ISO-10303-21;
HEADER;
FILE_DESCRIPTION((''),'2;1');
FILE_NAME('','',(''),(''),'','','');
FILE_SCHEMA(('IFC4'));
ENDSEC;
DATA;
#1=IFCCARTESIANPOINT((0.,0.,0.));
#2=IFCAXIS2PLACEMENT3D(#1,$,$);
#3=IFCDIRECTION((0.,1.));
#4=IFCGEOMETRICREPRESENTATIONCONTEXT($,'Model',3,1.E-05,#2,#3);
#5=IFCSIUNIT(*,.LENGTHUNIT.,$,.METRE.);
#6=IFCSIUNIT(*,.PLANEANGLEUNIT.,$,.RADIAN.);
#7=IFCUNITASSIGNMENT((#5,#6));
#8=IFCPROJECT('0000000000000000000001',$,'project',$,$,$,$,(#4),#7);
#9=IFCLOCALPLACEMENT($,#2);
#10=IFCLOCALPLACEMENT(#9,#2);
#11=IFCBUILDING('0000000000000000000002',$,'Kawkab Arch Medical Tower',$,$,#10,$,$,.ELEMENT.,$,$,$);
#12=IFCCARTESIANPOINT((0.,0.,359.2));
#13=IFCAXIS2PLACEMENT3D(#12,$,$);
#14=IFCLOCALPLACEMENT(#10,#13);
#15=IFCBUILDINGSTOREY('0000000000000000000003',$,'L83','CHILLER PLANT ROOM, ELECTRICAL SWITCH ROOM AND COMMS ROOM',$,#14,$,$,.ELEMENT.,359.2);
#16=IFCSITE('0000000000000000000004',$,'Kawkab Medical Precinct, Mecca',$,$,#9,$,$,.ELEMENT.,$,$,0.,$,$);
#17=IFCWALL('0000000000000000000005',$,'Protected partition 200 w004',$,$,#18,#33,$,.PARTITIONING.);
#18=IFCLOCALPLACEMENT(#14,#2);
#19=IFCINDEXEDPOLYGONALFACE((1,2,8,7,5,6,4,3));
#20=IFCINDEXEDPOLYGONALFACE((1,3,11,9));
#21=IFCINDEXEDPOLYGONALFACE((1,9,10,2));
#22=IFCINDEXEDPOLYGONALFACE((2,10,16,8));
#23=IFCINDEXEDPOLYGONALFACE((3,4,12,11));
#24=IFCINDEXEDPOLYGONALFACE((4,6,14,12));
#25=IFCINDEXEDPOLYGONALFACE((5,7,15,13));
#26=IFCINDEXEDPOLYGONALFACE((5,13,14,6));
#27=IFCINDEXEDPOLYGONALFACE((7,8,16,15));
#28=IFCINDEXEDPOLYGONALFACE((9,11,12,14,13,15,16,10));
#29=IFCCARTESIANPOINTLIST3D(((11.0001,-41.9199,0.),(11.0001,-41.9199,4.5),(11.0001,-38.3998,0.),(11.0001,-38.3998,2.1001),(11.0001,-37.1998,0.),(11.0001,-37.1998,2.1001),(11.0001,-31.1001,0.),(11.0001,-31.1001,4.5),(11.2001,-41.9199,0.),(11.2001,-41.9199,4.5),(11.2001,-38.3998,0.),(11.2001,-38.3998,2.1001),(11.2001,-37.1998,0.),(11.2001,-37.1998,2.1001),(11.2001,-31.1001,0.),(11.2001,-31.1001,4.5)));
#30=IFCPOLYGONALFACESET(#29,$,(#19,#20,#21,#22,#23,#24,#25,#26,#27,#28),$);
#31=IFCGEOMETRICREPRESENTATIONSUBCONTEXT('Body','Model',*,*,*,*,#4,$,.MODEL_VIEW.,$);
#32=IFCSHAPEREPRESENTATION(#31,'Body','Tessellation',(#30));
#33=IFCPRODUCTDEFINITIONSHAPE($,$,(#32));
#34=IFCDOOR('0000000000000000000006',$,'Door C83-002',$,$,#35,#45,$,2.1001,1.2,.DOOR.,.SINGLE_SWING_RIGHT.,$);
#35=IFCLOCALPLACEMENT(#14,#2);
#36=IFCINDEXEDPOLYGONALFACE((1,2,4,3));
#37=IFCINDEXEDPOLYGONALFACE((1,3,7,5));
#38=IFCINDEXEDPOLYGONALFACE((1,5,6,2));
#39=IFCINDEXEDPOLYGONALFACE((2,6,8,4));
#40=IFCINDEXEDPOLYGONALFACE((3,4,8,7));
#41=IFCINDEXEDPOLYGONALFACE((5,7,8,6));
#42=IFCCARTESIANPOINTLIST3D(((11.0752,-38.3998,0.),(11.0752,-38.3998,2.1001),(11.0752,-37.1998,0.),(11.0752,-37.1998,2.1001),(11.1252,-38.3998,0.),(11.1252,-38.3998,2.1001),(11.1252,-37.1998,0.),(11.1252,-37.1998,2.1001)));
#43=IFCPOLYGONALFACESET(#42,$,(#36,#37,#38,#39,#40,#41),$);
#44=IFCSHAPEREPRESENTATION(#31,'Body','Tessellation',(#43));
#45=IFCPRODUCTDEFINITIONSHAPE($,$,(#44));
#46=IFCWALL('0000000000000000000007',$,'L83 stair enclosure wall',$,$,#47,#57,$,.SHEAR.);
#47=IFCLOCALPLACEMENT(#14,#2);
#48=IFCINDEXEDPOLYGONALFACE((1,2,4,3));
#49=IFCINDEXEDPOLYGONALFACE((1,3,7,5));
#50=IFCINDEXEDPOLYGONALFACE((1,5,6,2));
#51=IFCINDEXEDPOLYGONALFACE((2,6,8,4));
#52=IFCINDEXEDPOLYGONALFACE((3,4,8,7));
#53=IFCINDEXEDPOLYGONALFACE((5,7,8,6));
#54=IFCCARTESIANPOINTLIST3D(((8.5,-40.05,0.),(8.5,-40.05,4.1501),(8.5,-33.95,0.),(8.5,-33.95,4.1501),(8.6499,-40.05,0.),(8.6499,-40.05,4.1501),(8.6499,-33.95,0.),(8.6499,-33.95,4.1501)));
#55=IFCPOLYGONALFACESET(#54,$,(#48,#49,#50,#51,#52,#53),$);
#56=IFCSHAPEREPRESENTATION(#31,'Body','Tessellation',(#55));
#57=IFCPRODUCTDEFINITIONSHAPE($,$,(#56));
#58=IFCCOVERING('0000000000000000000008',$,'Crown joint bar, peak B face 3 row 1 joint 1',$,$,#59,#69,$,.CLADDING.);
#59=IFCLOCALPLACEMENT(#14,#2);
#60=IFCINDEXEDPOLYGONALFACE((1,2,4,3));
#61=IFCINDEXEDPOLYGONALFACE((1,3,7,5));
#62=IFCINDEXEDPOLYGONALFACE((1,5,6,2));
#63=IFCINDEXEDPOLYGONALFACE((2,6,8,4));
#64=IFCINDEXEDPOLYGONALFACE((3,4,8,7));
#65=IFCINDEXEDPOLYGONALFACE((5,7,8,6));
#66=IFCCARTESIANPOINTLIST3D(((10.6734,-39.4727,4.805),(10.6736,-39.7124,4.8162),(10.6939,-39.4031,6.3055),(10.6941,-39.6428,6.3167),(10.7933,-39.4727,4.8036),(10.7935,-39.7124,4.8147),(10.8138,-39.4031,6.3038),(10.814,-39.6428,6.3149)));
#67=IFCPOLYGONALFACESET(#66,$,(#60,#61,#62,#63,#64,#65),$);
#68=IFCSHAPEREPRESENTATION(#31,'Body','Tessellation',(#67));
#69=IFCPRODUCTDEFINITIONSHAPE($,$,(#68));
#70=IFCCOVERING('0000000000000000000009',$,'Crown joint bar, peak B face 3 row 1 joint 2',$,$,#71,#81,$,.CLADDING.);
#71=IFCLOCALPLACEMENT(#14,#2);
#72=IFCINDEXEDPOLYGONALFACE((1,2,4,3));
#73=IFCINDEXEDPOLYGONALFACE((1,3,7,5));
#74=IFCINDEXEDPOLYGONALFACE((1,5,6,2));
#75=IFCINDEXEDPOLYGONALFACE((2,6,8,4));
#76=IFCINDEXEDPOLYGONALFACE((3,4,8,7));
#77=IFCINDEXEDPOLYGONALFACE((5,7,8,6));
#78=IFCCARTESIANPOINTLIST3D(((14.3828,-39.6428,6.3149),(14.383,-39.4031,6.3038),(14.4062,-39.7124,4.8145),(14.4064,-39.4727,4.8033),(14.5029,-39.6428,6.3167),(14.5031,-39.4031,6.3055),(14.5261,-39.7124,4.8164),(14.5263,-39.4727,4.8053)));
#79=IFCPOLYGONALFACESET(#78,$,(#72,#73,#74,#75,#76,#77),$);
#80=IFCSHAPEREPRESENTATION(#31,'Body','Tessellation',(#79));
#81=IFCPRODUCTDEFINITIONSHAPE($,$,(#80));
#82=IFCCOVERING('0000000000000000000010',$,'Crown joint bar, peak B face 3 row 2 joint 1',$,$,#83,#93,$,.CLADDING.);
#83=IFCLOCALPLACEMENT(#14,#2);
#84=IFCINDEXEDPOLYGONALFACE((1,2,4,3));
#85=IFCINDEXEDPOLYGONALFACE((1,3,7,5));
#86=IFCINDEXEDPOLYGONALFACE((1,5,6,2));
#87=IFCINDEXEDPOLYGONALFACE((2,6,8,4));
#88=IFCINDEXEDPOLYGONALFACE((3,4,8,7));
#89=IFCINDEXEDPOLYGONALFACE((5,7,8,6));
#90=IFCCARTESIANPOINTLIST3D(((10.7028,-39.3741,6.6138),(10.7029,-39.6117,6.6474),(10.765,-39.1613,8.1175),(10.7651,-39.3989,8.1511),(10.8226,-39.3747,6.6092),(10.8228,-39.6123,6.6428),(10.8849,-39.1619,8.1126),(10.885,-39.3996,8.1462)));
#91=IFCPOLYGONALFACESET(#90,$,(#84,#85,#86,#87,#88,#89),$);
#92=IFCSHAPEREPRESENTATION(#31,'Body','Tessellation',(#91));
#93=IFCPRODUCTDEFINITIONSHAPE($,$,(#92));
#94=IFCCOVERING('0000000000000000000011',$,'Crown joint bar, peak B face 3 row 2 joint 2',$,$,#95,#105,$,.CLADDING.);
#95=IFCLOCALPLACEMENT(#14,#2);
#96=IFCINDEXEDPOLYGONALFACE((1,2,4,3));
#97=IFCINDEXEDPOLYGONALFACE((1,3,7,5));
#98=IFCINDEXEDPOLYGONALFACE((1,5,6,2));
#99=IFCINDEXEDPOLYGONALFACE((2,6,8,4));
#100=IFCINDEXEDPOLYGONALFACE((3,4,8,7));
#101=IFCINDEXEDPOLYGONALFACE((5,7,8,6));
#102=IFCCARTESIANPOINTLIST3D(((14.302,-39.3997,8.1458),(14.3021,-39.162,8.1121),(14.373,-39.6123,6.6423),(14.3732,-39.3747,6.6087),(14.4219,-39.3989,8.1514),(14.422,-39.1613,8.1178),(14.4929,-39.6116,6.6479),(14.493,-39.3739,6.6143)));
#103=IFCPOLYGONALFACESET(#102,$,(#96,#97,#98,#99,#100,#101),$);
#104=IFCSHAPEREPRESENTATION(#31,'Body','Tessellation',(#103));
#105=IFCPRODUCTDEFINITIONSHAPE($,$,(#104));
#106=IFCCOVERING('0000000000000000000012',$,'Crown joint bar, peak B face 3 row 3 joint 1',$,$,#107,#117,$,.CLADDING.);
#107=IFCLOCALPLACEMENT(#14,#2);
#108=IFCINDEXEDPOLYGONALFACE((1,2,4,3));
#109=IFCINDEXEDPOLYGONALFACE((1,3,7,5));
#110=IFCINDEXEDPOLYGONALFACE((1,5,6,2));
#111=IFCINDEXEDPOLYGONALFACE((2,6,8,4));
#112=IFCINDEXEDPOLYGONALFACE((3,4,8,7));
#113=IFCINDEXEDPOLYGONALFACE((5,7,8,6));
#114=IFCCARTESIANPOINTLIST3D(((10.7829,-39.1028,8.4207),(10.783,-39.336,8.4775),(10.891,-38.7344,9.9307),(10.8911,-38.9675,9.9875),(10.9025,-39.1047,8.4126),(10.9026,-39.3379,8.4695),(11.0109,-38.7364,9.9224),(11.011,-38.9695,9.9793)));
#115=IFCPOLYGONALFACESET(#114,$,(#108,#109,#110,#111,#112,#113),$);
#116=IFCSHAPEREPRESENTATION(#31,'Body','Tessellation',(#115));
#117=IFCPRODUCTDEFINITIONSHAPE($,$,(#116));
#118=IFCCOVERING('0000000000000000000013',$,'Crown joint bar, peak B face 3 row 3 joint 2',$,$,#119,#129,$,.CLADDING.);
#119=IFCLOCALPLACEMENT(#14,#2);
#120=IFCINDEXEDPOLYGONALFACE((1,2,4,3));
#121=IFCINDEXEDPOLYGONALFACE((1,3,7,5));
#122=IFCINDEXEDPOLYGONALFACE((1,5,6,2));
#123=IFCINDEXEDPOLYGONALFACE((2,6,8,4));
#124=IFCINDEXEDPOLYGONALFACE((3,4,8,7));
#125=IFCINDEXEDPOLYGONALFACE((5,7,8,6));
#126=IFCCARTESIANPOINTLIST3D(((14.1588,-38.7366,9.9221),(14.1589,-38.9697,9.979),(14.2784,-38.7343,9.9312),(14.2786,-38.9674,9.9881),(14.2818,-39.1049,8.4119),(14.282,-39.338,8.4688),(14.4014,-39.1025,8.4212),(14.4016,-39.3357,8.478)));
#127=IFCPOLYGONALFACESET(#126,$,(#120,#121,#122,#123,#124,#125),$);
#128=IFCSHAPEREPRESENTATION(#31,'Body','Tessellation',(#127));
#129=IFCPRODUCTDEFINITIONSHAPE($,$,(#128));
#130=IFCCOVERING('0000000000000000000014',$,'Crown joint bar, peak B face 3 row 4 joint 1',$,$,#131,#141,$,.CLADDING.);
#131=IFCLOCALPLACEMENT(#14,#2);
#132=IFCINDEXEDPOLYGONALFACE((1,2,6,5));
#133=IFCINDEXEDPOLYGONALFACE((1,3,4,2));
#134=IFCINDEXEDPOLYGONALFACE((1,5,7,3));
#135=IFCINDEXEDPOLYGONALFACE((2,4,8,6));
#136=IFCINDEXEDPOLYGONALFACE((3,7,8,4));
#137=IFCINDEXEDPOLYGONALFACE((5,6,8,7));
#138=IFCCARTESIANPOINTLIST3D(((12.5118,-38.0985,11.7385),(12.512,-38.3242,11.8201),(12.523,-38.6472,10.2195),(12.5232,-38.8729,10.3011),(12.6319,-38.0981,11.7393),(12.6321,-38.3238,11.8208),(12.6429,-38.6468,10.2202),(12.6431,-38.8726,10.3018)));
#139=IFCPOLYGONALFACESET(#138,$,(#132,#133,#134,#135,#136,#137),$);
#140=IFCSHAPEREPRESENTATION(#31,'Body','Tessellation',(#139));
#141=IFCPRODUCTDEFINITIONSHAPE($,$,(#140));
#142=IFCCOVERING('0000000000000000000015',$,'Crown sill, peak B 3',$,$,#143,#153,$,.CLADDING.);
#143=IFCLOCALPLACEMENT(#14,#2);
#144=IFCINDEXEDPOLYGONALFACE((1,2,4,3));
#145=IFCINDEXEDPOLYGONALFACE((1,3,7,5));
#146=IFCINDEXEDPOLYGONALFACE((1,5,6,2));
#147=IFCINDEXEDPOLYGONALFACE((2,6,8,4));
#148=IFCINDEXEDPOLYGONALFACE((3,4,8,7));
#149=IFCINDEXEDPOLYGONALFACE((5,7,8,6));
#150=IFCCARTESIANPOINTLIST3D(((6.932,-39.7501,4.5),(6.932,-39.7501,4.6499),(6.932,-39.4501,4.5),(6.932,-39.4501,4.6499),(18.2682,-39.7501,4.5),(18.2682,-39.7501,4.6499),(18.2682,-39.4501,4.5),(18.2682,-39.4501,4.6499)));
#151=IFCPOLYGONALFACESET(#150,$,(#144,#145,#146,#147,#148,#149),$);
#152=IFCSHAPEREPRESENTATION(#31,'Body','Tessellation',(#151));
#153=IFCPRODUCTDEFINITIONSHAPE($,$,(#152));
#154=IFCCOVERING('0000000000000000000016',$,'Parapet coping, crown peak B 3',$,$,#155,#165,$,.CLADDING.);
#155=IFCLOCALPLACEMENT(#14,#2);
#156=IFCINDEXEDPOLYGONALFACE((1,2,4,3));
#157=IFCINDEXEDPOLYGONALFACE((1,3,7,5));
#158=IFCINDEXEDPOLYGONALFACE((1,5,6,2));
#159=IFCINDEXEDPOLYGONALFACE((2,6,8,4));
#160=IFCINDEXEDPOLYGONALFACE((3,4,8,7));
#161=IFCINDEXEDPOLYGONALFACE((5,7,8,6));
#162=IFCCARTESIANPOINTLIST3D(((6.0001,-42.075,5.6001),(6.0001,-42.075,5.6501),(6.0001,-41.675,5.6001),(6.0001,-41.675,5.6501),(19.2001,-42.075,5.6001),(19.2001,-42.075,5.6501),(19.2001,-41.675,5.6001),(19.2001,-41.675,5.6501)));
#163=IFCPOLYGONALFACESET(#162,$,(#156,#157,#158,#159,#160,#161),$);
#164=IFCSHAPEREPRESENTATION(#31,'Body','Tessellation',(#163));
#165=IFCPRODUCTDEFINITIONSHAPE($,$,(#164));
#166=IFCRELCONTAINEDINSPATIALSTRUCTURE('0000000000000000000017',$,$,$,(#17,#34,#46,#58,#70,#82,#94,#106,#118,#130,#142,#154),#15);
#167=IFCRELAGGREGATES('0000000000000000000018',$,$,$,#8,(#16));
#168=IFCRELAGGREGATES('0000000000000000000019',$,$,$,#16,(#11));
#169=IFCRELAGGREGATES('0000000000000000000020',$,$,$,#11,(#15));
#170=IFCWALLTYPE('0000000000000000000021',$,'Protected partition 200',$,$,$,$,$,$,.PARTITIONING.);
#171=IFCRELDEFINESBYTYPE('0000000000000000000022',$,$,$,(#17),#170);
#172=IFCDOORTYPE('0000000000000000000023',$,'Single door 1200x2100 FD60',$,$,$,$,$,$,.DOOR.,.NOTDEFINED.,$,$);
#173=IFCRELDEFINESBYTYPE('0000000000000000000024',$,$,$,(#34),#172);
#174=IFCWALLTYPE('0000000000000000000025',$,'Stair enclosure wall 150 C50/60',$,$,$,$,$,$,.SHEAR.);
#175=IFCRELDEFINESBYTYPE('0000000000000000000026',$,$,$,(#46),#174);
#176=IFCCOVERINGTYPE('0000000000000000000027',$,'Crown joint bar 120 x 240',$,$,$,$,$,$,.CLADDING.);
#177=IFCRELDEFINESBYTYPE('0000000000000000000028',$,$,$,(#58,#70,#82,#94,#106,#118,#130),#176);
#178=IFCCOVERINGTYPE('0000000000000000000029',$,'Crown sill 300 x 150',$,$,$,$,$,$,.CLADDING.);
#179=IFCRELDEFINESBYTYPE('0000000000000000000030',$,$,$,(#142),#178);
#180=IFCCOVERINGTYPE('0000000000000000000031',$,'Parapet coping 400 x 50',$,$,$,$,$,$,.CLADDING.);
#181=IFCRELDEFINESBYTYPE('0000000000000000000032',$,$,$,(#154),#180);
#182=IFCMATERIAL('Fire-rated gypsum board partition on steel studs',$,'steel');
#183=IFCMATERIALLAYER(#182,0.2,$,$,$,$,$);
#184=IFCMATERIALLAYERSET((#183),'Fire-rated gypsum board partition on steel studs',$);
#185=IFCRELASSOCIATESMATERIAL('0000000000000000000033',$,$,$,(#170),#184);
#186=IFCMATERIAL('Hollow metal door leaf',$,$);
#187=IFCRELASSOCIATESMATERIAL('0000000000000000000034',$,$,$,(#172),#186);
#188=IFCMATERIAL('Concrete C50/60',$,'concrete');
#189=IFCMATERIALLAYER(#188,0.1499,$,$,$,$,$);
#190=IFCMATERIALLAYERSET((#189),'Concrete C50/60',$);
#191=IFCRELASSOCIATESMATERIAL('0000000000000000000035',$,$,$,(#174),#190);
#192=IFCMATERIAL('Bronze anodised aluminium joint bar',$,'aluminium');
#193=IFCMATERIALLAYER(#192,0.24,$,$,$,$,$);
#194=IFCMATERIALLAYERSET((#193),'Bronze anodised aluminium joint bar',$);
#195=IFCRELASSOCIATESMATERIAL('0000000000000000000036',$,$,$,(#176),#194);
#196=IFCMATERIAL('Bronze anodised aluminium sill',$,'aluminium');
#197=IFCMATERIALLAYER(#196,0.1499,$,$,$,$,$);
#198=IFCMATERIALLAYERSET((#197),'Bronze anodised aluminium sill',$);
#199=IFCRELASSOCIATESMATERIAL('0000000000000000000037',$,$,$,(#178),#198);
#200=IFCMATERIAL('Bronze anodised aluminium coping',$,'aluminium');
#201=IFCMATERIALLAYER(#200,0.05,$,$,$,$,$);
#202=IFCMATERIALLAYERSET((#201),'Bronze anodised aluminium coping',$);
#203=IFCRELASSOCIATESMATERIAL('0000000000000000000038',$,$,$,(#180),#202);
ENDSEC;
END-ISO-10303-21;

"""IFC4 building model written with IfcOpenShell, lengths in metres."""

from ifc_helpers import new_model, si_unit, direction, frame, frame_2d, origin, origin_2d, place, context, subcontext, project, spatial, polyline, rectangle, outline, extrude, material, layer, layer_set, type_object, element, fill, save


model = new_model("IFC4")

# Units and contexts
model_context = context("Model", 3, precision=1e-05, world=origin(), true_north=direction((0.0, 1.0)))
body_context = subcontext(model_context, "Body", "Model", "MODEL_VIEW")
ifc_project = project(units=[si_unit("LENGTHUNIT", "METRE"), si_unit("PLANEANGLEUNIT", "RADIAN")], contexts=[model_context])

# Site, building, storey
site_placement = place(None, origin())
site = spatial("IfcSite", under=ifc_project, at=site_placement, Name="Kawkab Medical Precinct, Mecca", CompositionType="ELEMENT", RefElevation=0.0)
building_placement = place(site_placement, origin())
building = spatial("IfcBuilding", under=site, at=building_placement, Name="Kawkab Arch Medical Tower", CompositionType="ELEMENT")
storey_placement = place(building_placement, frame((0.0, 0.0, 359.2)))
storey = spatial("IfcBuildingStorey", under=building, at=storey_placement, Name="L83", Description="CHILLER PLANT ROOM, ELECTRICAL SWITCH ROOM AND COMMS ROOM", CompositionType="ELEMENT", Elevation=359.2)

# Wall, opening, door
ifc_material_1 = material(Name="Fire-rated gypsum board partition on steel studs", Category="steel")
ifc_layer_1 = layer(ifc_material_1, 0.2)
ifc_layer_set_1 = layer_set([ifc_layer_1], Name="Fire-rated gypsum board partition on steel studs")
wall_type_1 = type_object("IfcWallType", Name="Protected partition 200", PredefinedType="PARTITIONING", material=ifc_layer_set_1)
wall_1_placement = place(storey_placement, frame((11.1001, -41.9199, 0.0), z_axis=(0.0, 0.0, 1.0), x_axis=(0.0, 1.0, 0.0)))
wall_1 = element("IfcWall", 1, at=wall_1_placement, inside=storey, type_object=wall_type_1, Name="Protected partition 200 w004", PredefinedType="PARTITIONING", context=body_context, shape_type="SweptSolid", body=[
    extrude(rectangle(XDim=10.8198, YDim=0.2, at=frame_2d((5.4099, 0.0))), origin(), (0.0, 0.0, 1.0), 4.5),
])
opening_placement = place(wall_1_placement, frame((3.52, 0.0, 0.0)))
opening = element("IfcOpeningElement", 2, at=opening_placement, cuts=wall_1, PredefinedType="OPENING", context=body_context, shape_type="SweptSolid", body=[
    extrude(rectangle(XDim=1.2, YDim=2.1001, at=frame_2d((0.6001, 1.05))), frame((0.0, 0.1099, 0.0), z_axis=(0.0, -1.0, 0.0), x_axis=(1.0, 0.0, 0.0)), (0.0, 0.0, 1.0), 0.22),
])
ifc_material_2 = material(Name="Hollow metal door leaf")
door_type = type_object("IfcDoorType", Name="Single door 1200x2100 FD60", OperationType="NOTDEFINED", PredefinedType="DOOR", material=ifc_material_2)
door_placement = place(opening_placement, origin())
door = element("IfcDoor", 3, at=door_placement, inside=storey, type_object=door_type, Name="Door C83-002", OperationType="SINGLE_SWING_RIGHT", OverallHeight=2.1001, OverallWidth=1.2, PredefinedType="DOOR", context=body_context, shape_type="SweptSolid", body=[
    extrude(rectangle(XDim=1.2, YDim=2.1001, at=frame_2d((0.6001, 1.05))), frame((0.0, 0.0249, 0.0), z_axis=(0.0, -1.0, 0.0), x_axis=(1.0, 0.0, 0.0)), (0.0, 0.0, 1.0), 0.05),
])
fill(opening, door)

# Wall
ifc_material_3 = material(Name="Concrete C50/60", Category="concrete")
ifc_layer_2 = layer(ifc_material_3, 0.1499)
ifc_layer_set_2 = layer_set([ifc_layer_2], Name="Concrete C50/60")
wall_type_2 = type_object("IfcWallType", Name="Stair enclosure wall 150 C50/60", PredefinedType="SHEAR", material=ifc_layer_set_2)
wall_2_placement = place(storey_placement, frame((8.575, -40.05, 0.0), z_axis=(0.0, 0.0, 1.0), x_axis=(0.0, 1.0, 0.0)))
element("IfcWall", 4, at=wall_2_placement, inside=storey, type_object=wall_type_2, Name="L83 stair enclosure wall", PredefinedType="SHEAR", context=body_context, shape_type="SweptSolid", body=[
    extrude(rectangle(XDim=6.1001, YDim=0.1499, at=frame_2d((3.05, 0.0))), origin(), (0.0, 0.0, 1.0), 4.1501),
])

# Coverings
ifc_material_4 = material(Name="Bronze anodised aluminium joint bar", Category="aluminium")
ifc_layer_3 = layer(ifc_material_4, 0.24)
ifc_layer_set_3 = layer_set([ifc_layer_3], Name="Bronze anodised aluminium joint bar")
covering_type_1 = type_object("IfcCoveringType", Name="Crown joint bar 120 x 240", PredefinedType="CLADDING", material=ifc_layer_set_3)
covering_1_placement = place(storey_placement, frame((10.7935, -39.7124, 4.8147), z_axis=(0.000613, -0.998927, 0.046317), x_axis=(0.013654, 0.046321, 0.998833)))
element("IfcCovering", 5, at=covering_1_placement, inside=storey, type_object=covering_type_1, Name="Crown joint bar, peak B face 3 row 1 joint 1", PredefinedType="CLADDING", context=body_context, shape_type="SweptSolid", body=[
    extrude(outline(polyline([(0.0, 0.0), (1.502, 0.0), (1.5021, 0.1199), (-0.0002, 0.1199), (0.0, 0.0)])), origin(), (0.0, 0.0, -1.0), 0.24),
])
covering_2_placement = place(storey_placement, frame((14.5261, -39.7124, 4.8164), z_axis=(-0.000707, -0.998927, 0.046315), x_axis=(-0.015441, 0.04632, 0.998807)))
element("IfcCovering", 6, at=covering_2_placement, inside=storey, type_object=covering_type_1, Name="Crown joint bar, peak B face 3 row 1 joint 2", PredefinedType="CLADDING", context=body_context, shape_type="SweptSolid", body=[
    extrude(outline(polyline([(0.0, 0.0), (1.502, 0.0), (1.5022, 0.1201), (-0.0001, 0.1199), (0.0, 0.0)])), origin(), (0.0, 0.0, -1.0), 0.24),
])
covering_3_placement = place(storey_placement, frame((10.8228, -39.6123, 6.6428), z_axis=(0.000522, -0.990138, 0.140095), x_axis=(0.040967, 0.139998, 0.989304)))
element("IfcCovering", 7, at=covering_3_placement, inside=storey, type_object=covering_type_1, Name="Crown joint bar, peak B face 3 row 2 joint 1", PredefinedType="CLADDING", context=body_context, shape_type="SweptSolid", body=[
    extrude(outline(polyline([(0.0, 0.0), (1.5197, 0.0), (1.5197, 0.12), (-0.0003, 0.12), (0.0, 0.0)])), origin(), (0.0, 0.0, -1.0), 0.24),
])
covering_4_placement = place(storey_placement, frame((14.4929, -39.6116, 6.6479), z_axis=(-0.000509, -0.990148, 0.140024), x_axis=(-0.046739, 0.139895, 0.989063)))
element("IfcCovering", 8, at=covering_4_placement, inside=storey, type_object=covering_type_1, Name="Crown joint bar, peak B face 3 row 2 joint 2", PredefinedType="CLADDING", context=body_context, shape_type="SweptSolid", body=[
    extrude(outline(polyline([(0.0, 0.0), (1.52, 0.0), (1.52, 0.12), (-0.0001, 0.12), (0.0, 0.0)])), origin(), (0.0, 0.0, -1.0), 0.24),
])
covering_5_placement = place(storey_placement, frame((10.9026, -39.3379, 8.4695), z_axis=(0.000343, -0.971505, 0.23702), x_axis=(0.069583, 0.236468, 0.969144)))
element("IfcCovering", 9, at=covering_5_placement, inside=storey, type_object=covering_type_1, Name="Crown joint bar, peak B face 3 row 3 joint 1", PredefinedType="CLADDING", context=body_context, shape_type="SweptSolid", body=[
    extrude(outline(polyline([(0.0, 0.0), (1.5578, 0.0), (1.558, 0.1202), (-0.0001, 0.1199), (0.0, 0.0)])), origin(), (0.0, 0.0, -1.0), 0.24),
])
covering_6_placement = place(storey_placement, frame((14.4016, -39.3357, 8.478), z_axis=(0.000699, -0.971513, 0.236986), x_axis=(-0.078918, 0.236194, 0.968496)))
element("IfcCovering", 10, at=covering_6_placement, inside=storey, type_object=covering_type_1, Name="Crown joint bar, peak B face 3 row 3 joint 2", PredefinedType="CLADDING", context=body_context, shape_type="SweptSolid", body=[
    extrude(outline(polyline([(0.0, 0.0), (1.5592, 0.0), (1.5593, 0.12), (-0.0001, 0.12), (0.0, 0.0)])), origin(), (0.0, 0.0, -1.0), 0.24),
])
covering_7_placement = place(storey_placement, frame((12.6431, -38.8726, 10.3018), z_axis=(0.000797, -0.94052, 0.339739), x_axis=(-0.006802, 0.339726, 0.9405)))
element("IfcCovering", 11, at=covering_7_placement, inside=storey, type_object=covering_type_1, Name="Crown joint bar, peak B face 3 row 4 joint 1", PredefinedType="CLADDING", context=body_context, shape_type="SweptSolid", body=[
    extrude(outline(polyline([(0.0, 0.0), (1.6152, 0.0), (1.6151, 0.1201), (0.0, 0.1199), (0.0, 0.0)])), origin(), (0.0, 0.0, -1.0), 0.24),
])
ifc_material_5 = material(Name="Bronze anodised aluminium sill", Category="aluminium")
ifc_layer_4 = layer(ifc_material_5, 0.1499)
ifc_layer_set_4 = layer_set([ifc_layer_4], Name="Bronze anodised aluminium sill")
covering_type_2 = type_object("IfcCoveringType", Name="Crown sill 300 x 150", PredefinedType="CLADDING", material=ifc_layer_set_4)
covering_8_placement = place(storey_placement, frame((12.6001, -39.6001, 4.5), z_axis=(0.0, 0.0, 1.0), x_axis=(1.0, 0.0, 0.0)))
element("IfcCovering", 12, at=covering_8_placement, inside=storey, type_object=covering_type_2, Name="Crown sill, peak B 3", PredefinedType="CLADDING", context=body_context, shape_type="SweptSolid", body=[
    extrude(rectangle(XDim=11.3362, YDim=0.3, at=origin_2d()), origin(), (0.0, 0.0, 1.0), 0.1499),
])
ifc_material_6 = material(Name="Bronze anodised aluminium coping", Category="aluminium")
ifc_layer_5 = layer(ifc_material_6, 0.05)
ifc_layer_set_5 = layer_set([ifc_layer_5], Name="Bronze anodised aluminium coping")
covering_type_3 = type_object("IfcCoveringType", Name="Parapet coping 400 x 50", PredefinedType="CLADDING", material=ifc_layer_set_5)
covering_9_placement = place(storey_placement, frame((12.6001, -41.875, 5.6001), z_axis=(0.0, 0.0, 1.0), x_axis=(1.0, 0.0, 0.0)))
element("IfcCovering", 13, at=covering_9_placement, inside=storey, type_object=covering_type_3, Name="Parapet coping, crown peak B 3", PredefinedType="CLADDING", context=body_context, shape_type="SweptSolid", body=[
    extrude(rectangle(XDim=13.2, YDim=0.3999, at=origin_2d()), origin(), (0.0, 0.0, 1.0), 0.05),
])

save(model, "model.ifc")
